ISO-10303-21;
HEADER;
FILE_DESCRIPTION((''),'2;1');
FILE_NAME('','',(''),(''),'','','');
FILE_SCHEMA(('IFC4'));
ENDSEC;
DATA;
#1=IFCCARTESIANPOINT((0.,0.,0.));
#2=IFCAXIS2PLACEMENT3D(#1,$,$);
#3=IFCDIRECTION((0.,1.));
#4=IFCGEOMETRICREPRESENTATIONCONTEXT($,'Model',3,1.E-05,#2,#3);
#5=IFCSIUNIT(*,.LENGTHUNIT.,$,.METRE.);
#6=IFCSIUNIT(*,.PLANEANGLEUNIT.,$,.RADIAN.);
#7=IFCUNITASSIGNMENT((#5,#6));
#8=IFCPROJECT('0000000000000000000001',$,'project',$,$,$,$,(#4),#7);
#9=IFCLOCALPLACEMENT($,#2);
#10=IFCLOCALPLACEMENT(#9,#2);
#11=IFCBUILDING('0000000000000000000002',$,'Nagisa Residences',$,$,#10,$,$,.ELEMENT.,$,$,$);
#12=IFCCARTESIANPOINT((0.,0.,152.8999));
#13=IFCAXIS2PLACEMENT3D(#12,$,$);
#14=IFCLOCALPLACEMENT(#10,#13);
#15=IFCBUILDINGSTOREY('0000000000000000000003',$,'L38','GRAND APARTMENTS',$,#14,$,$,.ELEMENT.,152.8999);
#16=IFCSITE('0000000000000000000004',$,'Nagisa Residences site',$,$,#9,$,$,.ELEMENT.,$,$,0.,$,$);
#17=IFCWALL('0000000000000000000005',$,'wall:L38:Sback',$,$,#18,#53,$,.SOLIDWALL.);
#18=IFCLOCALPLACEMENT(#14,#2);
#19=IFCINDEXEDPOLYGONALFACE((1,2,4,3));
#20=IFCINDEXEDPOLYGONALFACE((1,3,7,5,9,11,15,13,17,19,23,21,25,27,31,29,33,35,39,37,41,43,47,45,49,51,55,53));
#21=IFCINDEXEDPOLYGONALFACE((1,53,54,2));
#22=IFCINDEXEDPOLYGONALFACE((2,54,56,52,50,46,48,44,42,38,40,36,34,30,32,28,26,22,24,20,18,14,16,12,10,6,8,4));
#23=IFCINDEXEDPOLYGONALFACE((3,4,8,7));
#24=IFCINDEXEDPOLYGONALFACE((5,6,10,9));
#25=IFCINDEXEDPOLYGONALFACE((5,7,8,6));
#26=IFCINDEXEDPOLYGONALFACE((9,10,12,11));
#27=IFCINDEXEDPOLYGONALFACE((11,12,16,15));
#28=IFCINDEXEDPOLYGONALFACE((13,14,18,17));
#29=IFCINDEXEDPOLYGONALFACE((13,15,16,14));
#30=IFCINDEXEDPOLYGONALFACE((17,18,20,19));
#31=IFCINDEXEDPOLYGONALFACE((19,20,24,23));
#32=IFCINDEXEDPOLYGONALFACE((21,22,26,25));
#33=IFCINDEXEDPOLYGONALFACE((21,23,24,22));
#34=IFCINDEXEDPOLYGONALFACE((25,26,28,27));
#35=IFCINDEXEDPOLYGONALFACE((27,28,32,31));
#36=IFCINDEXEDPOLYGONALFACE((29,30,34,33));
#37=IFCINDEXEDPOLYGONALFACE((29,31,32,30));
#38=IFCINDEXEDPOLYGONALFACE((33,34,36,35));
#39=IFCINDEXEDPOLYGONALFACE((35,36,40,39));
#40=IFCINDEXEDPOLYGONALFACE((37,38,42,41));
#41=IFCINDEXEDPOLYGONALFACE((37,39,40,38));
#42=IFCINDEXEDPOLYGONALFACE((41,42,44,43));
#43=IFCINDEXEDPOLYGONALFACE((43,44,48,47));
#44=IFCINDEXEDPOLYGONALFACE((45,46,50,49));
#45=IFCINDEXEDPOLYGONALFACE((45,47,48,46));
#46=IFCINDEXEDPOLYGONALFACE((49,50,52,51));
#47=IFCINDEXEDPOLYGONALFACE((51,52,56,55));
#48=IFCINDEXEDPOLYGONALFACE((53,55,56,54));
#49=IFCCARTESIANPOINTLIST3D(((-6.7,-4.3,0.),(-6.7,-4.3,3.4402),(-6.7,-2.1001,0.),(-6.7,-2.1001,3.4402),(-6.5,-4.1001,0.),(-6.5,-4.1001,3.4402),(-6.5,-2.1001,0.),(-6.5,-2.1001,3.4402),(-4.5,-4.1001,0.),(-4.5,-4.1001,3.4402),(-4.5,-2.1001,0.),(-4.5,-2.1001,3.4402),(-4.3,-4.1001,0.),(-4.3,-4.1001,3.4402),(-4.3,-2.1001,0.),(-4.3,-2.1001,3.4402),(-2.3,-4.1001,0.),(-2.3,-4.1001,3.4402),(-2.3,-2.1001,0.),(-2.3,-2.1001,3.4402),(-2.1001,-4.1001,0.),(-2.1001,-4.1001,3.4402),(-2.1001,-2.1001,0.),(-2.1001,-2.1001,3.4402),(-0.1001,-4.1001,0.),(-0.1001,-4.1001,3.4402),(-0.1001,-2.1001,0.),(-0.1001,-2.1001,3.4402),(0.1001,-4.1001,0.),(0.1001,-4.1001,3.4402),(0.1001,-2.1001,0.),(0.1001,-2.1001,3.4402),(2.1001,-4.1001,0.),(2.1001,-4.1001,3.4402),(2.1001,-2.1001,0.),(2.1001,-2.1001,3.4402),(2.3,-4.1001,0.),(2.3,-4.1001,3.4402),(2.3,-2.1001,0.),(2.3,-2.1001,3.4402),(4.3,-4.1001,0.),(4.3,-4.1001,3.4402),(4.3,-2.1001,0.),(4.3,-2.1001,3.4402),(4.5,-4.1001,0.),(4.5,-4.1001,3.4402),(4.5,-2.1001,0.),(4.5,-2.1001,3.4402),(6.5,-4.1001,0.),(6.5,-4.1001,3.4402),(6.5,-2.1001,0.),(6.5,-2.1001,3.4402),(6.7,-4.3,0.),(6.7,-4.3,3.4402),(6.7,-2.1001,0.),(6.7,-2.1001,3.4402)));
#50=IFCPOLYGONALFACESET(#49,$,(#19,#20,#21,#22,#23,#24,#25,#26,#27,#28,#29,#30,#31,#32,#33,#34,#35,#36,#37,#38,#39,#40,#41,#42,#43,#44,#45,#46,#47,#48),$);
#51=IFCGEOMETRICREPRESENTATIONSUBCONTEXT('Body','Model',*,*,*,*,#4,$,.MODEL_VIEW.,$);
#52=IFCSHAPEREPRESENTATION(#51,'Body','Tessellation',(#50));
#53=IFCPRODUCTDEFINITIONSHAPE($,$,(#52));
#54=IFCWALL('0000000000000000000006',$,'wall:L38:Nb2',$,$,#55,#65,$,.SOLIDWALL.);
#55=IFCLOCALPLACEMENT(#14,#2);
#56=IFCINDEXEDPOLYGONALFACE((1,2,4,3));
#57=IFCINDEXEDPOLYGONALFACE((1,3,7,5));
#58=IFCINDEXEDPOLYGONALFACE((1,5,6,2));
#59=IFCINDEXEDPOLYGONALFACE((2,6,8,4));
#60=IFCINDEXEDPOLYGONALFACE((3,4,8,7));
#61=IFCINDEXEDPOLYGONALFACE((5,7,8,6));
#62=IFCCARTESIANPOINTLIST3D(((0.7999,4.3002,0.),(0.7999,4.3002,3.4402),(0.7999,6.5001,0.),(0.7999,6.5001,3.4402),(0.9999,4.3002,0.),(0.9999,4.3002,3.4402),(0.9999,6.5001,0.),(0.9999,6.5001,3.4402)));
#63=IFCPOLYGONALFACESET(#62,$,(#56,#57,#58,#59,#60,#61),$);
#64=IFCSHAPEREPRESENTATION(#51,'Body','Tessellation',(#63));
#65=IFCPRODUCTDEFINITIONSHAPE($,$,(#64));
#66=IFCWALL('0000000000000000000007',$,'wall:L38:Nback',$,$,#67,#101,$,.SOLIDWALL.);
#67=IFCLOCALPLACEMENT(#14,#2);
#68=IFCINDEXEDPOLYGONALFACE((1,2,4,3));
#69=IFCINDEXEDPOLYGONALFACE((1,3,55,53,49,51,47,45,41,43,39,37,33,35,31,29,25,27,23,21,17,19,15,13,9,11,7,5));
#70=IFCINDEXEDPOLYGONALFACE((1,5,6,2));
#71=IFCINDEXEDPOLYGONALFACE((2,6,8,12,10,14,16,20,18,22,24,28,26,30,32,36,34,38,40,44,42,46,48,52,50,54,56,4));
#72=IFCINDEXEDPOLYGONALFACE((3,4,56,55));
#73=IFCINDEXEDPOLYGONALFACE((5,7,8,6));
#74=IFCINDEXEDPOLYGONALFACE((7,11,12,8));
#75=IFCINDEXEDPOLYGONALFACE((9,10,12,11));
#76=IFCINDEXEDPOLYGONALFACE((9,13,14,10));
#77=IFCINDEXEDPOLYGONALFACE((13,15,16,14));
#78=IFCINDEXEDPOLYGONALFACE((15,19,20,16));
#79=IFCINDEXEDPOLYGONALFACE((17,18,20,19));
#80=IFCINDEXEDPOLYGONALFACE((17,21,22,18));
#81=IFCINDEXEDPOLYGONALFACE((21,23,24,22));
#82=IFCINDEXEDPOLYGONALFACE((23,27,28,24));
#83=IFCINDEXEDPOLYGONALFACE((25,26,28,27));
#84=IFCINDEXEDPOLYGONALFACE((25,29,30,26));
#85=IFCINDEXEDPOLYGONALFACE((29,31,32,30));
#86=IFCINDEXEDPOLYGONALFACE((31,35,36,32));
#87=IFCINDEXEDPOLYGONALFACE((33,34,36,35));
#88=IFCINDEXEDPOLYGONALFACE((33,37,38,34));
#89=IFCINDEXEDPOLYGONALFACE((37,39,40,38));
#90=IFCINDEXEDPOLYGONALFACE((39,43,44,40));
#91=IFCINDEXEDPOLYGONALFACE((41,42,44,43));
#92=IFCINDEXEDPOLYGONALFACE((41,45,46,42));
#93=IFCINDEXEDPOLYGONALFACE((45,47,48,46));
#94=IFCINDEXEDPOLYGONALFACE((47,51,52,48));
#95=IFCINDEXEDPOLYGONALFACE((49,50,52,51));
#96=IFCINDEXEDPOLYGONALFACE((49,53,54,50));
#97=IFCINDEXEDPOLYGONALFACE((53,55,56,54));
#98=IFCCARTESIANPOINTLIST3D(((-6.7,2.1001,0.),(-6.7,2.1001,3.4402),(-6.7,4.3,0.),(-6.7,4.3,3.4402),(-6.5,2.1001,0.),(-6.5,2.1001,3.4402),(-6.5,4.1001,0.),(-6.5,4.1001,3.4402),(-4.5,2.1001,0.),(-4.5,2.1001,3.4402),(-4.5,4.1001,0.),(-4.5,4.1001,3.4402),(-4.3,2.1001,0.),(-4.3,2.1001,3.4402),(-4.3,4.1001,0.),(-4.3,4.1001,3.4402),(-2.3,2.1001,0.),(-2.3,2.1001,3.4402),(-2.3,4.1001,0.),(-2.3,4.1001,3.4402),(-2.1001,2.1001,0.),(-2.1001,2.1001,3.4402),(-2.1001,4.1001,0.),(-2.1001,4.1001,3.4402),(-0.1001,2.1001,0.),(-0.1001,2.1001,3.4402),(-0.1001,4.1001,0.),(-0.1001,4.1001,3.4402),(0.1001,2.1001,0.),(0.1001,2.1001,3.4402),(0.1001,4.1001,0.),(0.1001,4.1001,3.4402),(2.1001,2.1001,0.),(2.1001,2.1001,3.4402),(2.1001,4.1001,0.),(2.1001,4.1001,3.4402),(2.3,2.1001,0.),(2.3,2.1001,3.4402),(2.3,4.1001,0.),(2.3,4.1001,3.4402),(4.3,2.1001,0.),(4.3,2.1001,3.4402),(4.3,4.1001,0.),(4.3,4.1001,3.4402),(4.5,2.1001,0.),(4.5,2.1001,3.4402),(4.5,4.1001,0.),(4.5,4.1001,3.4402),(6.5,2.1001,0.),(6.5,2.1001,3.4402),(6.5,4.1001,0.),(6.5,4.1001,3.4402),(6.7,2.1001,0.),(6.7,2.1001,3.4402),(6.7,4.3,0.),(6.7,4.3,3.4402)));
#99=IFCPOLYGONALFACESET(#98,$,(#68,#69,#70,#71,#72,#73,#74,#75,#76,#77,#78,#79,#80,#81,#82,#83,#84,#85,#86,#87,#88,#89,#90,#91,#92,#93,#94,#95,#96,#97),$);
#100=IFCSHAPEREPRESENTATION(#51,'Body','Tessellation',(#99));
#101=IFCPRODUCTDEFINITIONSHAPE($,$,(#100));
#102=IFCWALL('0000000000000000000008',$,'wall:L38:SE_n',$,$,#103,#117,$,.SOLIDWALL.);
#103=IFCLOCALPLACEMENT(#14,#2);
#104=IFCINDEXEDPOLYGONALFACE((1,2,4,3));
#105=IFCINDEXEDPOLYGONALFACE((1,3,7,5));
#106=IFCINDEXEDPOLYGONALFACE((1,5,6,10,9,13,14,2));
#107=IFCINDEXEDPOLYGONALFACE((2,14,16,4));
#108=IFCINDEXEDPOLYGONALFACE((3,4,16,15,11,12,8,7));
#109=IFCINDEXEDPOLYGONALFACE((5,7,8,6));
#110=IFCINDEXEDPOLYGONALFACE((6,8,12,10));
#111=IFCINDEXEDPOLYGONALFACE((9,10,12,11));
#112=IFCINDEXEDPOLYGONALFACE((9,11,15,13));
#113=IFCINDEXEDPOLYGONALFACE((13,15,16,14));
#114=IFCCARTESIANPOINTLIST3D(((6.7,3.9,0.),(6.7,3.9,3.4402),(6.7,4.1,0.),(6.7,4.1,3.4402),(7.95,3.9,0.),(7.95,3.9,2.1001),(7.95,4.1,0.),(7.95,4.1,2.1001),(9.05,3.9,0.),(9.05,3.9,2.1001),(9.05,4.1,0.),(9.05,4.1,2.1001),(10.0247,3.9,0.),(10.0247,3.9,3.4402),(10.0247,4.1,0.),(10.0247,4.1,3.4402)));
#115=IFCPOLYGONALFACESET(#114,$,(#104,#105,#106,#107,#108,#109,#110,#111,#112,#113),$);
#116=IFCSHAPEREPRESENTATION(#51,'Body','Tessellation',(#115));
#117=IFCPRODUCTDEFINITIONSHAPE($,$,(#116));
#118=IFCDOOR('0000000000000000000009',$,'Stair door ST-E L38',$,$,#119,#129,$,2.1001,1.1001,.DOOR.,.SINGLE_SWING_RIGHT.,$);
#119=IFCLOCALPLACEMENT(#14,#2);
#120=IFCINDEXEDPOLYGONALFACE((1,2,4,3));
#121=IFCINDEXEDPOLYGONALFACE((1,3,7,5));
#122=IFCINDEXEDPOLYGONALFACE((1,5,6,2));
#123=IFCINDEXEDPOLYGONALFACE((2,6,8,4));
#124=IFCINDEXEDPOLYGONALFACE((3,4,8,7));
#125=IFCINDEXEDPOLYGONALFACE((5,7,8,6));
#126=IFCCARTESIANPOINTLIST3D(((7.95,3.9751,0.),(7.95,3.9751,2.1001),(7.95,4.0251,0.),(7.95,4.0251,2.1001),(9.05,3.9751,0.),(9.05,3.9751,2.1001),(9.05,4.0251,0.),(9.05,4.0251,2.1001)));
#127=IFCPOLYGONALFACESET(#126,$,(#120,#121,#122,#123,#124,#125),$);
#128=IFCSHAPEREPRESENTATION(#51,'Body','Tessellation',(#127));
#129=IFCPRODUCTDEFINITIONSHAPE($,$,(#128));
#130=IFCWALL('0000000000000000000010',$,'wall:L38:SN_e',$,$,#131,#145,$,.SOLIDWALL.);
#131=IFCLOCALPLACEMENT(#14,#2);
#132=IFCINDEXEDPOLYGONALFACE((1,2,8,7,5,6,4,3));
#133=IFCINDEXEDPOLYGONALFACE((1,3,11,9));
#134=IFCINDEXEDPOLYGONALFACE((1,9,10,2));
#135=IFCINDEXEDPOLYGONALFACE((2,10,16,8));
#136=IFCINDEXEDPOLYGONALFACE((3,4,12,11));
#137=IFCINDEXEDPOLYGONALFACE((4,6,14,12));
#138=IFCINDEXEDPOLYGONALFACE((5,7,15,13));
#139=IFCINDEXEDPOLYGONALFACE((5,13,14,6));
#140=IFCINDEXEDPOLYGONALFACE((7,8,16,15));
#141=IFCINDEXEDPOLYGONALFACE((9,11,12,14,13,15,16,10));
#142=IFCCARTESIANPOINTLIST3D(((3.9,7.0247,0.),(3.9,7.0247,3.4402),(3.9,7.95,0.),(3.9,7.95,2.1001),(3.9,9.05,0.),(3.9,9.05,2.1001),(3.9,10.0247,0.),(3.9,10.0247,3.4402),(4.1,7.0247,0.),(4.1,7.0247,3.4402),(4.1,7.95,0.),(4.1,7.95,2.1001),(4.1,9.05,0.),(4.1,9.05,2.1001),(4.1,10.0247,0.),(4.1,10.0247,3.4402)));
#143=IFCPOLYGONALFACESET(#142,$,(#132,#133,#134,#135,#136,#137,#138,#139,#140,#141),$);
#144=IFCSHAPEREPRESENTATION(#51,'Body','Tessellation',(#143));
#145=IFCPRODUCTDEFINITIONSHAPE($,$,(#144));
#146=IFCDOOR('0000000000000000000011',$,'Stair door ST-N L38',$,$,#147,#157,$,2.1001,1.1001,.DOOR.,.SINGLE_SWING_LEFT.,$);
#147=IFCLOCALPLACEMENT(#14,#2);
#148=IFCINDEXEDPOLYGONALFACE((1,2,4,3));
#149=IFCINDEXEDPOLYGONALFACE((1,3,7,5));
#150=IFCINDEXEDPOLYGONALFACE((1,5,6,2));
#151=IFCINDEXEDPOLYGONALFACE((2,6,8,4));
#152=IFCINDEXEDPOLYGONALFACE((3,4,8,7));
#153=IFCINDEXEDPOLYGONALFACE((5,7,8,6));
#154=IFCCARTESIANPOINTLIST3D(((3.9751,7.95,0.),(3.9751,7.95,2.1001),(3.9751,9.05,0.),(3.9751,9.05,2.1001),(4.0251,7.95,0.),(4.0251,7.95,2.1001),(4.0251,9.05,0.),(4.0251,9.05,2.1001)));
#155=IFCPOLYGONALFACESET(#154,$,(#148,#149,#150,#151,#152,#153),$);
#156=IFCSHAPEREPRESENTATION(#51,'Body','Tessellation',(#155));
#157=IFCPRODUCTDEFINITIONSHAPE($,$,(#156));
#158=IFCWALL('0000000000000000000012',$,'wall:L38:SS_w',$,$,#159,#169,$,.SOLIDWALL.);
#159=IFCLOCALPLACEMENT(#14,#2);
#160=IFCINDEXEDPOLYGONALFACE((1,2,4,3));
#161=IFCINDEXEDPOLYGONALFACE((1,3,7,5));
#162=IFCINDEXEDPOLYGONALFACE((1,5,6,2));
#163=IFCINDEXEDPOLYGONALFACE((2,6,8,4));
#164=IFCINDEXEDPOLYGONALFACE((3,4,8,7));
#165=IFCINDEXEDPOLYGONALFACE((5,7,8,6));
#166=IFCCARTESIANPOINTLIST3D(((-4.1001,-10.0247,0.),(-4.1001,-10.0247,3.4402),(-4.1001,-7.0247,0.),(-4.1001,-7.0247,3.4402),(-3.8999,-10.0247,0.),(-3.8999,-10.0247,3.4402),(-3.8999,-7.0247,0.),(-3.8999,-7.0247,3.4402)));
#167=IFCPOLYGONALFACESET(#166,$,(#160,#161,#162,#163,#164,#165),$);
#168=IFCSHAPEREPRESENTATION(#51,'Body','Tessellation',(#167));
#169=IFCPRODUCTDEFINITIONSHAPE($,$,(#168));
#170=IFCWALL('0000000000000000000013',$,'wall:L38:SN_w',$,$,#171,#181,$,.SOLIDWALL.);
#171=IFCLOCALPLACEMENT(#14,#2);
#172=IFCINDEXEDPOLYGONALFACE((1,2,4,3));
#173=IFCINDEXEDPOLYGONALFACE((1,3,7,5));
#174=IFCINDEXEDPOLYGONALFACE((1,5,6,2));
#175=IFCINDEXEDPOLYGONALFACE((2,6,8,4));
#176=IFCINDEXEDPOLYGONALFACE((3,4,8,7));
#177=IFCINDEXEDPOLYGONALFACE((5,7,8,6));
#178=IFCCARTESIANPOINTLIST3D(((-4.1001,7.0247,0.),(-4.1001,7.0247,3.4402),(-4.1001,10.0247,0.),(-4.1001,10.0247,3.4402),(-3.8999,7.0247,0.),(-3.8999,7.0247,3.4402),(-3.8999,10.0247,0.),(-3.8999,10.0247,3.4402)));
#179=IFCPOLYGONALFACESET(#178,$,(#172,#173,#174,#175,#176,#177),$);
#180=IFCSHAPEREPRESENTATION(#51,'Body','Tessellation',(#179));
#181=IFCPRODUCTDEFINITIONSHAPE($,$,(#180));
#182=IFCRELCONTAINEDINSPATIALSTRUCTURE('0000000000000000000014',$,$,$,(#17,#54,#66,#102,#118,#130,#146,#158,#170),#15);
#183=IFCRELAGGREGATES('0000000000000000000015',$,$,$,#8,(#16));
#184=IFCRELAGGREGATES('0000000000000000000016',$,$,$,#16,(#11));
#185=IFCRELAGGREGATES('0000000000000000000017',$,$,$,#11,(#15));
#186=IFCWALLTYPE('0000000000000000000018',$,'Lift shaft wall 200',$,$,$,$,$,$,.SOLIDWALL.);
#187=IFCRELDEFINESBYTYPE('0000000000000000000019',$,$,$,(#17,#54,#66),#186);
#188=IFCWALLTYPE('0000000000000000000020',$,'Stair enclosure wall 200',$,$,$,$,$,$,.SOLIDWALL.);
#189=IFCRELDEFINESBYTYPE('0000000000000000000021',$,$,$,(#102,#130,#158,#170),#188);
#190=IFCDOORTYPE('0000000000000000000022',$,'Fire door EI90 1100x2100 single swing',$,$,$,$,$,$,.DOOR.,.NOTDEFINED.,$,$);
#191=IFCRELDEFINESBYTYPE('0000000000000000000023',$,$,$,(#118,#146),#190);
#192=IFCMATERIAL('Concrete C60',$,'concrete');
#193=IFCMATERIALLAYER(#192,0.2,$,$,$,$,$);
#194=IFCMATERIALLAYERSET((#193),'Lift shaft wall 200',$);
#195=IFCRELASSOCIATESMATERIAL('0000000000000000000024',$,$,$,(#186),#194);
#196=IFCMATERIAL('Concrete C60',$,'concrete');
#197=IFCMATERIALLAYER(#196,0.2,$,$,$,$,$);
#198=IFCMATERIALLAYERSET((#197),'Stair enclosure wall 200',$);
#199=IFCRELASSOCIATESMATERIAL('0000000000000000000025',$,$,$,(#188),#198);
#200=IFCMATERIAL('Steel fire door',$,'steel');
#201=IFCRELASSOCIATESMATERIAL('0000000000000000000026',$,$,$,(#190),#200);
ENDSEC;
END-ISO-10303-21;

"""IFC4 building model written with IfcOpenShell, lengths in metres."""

from ifc_helpers import new_model, si_unit, direction, frame, frame_2d, origin, place, context, subcontext, project, spatial, polyline, rectangle, outline, extrude, material, layer, layer_set, type_object, element, fill, save


model = new_model("IFC4")

# Units and contexts
model_context = context("Model", 3, precision=1e-05, world=origin(), true_north=direction((0.0, 1.0)))
body_context = subcontext(model_context, "Body", "Model", "MODEL_VIEW")
ifc_project = project(units=[si_unit("LENGTHUNIT", "METRE"), si_unit("PLANEANGLEUNIT", "RADIAN")], contexts=[model_context])

# Site, building, storey
site_placement = place(None, origin())
site = spatial("IfcSite", under=ifc_project, at=site_placement, Name="Nagisa Residences site", CompositionType="ELEMENT", RefElevation=0.0)
building_placement = place(site_placement, origin())
building = spatial("IfcBuilding", under=site, at=building_placement, Name="Nagisa Residences", CompositionType="ELEMENT")
storey_placement = place(building_placement, frame((0.0, 0.0, 152.8999)))
storey = spatial("IfcBuildingStorey", under=building, at=storey_placement, Name="L38", Description="GRAND APARTMENTS", CompositionType="ELEMENT", Elevation=152.8999)

# Shared definitions
ifc_material_1 = material(Name="Concrete C60", Category="concrete")
ifc_layer_1 = layer(ifc_material_1, 0.2)
ifc_layer_set_1 = layer_set([ifc_layer_1], Name="Lift shaft wall 200")
wall_type_1 = type_object("IfcWallType", Name="Lift shaft wall 200", PredefinedType="SOLIDWALL", material=ifc_layer_set_1)

# Walls
wall_1_placement = place(storey_placement, origin())
element("IfcWall", 1, at=wall_1_placement, inside=storey, type_object=wall_type_1, Name="wall:L38:Sback", PredefinedType="SOLIDWALL", context=body_context, shape_type="SweptSolid", body=[
    extrude(outline(polyline([(-6.7, -2.1001), (-6.5, -2.1001), (-6.5, -4.1001), (-4.5, -4.1001), (-4.5, -2.1001), (-4.3, -2.1001), (-4.3, -4.1001), (-2.3, -4.1001), (-2.3, -2.1001), (-2.1001, -2.1001), (-2.1001, -4.1001), (-0.1001, -4.1001), (-0.1001, -2.1001), (0.1001, -2.1001), (0.1001, -4.1001), (2.1001, -4.1001), (2.1001, -2.1001), (2.3, -2.1001), (2.3, -4.1001), (4.3, -4.1001), (4.3, -2.1001), (4.5, -2.1001), (4.5, -4.1001), (6.5, -4.1001), (6.5, -2.1001), (6.7, -2.1001), (6.7, -4.3), (-6.7, -4.3), (-6.7, -2.1001)])), origin(), (0.0, 0.0, 1.0), 3.4402),
])
wall_2_placement = place(storey_placement, frame((0.8999, 4.3, 0.0), z_axis=(0.0, 0.0, 1.0), x_axis=(0.0, 1.0, 0.0)))
element("IfcWall", 2, at=wall_2_placement, inside=storey, type_object=wall_type_1, Name="wall:L38:Nb2", PredefinedType="SOLIDWALL", context=body_context, shape_type="SweptSolid", body=[
    extrude(rectangle(XDim=2.2, YDim=0.2, at=frame_2d((1.1001, 0.0))), origin(), (0.0, 0.0, 1.0), 3.4402),
])
wall_3_placement = place(storey_placement, origin())
element("IfcWall", 3, at=wall_3_placement, inside=storey, type_object=wall_type_1, Name="wall:L38:Nback", PredefinedType="SOLIDWALL", context=body_context, shape_type="SweptSolid", body=[
    extrude(outline(polyline([(-6.5, 2.1001), (-6.7, 2.1001), (-6.7, 4.3), (6.7, 4.3), (6.7, 2.1001), (6.5, 2.1001), (6.5, 4.1001), (4.5, 4.1001), (4.5, 2.1001), (4.3, 2.1001), (4.3, 4.1001), (2.3, 4.1001), (2.3, 2.1001), (2.1001, 2.1001), (2.1001, 4.1001), (0.1001, 4.1001), (0.1001, 2.1001), (-0.1001, 2.1001), (-0.1001, 4.1001), (-2.1001, 4.1001), (-2.1001, 2.1001), (-2.3, 2.1001), (-2.3, 4.1001), (-4.3, 4.1001), (-4.3, 2.1001), (-4.5, 2.1001), (-4.5, 4.1001), (-6.5, 4.1001), (-6.5, 2.1001)])), origin(), (0.0, 0.0, 1.0), 3.4402),
])

# Walls, openings, doors
ifc_material_2 = material(Name="Concrete C60", Category="concrete")
ifc_layer_2 = layer(ifc_material_2, 0.2)
ifc_layer_set_2 = layer_set([ifc_layer_2], Name="Stair enclosure wall 200")
wall_type_2 = type_object("IfcWallType", Name="Stair enclosure wall 200", PredefinedType="SOLIDWALL", material=ifc_layer_set_2)
wall_4_placement = place(storey_placement, frame((6.7, 4.0, 0.0), z_axis=(0.0, 0.0, 1.0), x_axis=(1.0, 0.0, 0.0)))
wall_4 = element("IfcWall", 4, at=wall_4_placement, inside=storey, type_object=wall_type_2, Name="wall:L38:SE_n", PredefinedType="SOLIDWALL", context=body_context, shape_type="SweptSolid", body=[
    extrude(rectangle(XDim=3.3247, YDim=0.2, at=frame_2d((1.6624, 0.0))), origin(), (0.0, 0.0, 1.0), 3.4402),
])
opening_1_placement = place(wall_4_placement, frame((1.25, 0.0, 0.0)))
opening_1 = element("IfcOpeningElement", 5, at=opening_1_placement, cuts=wall_4, PredefinedType="OPENING", context=body_context, shape_type="SweptSolid", body=[
    extrude(rectangle(XDim=1.1001, YDim=2.1001, at=frame_2d((0.55, 1.05))), frame((0.0, 0.1099, 0.0), z_axis=(0.0, -1.0, 0.0), x_axis=(1.0, 0.0, 0.0)), (0.0, 0.0, 1.0), 0.22),
])
ifc_material_3 = material(Name="Steel fire door", Category="steel")
door_type_1 = type_object("IfcDoorType", Name="Fire door EI90 1100x2100 single swing", OperationType="NOTDEFINED", PredefinedType="DOOR", material=ifc_material_3)
door_1_placement = place(opening_1_placement, frame((1.1001, 0.0, 0.0), x_axis=(-1.0, 0.0, 0.0)))
door_1 = element("IfcDoor", 6, at=door_1_placement, inside=storey, type_object=door_type_1, Name="Stair door ST-E L38", OperationType="SINGLE_SWING_RIGHT", OverallHeight=2.1001, OverallWidth=1.1001, PredefinedType="DOOR", context=body_context, shape_type="SweptSolid", body=[
    extrude(rectangle(XDim=1.1001, YDim=2.1001, at=frame_2d((0.55, 1.05))), frame((0.0, 0.0249, 0.0), z_axis=(0.0, -1.0, 0.0), x_axis=(1.0, 0.0, 0.0)), (0.0, 0.0, 1.0), 0.05),
])
fill(opening_1, door_1)
wall_5_placement = place(storey_placement, frame((4.0, 7.0247, 0.0), z_axis=(0.0, 0.0, 1.0), x_axis=(0.0, 1.0, 0.0)))
wall_5 = element("IfcWall", 7, at=wall_5_placement, inside=storey, type_object=wall_type_2, Name="wall:L38:SN_e", PredefinedType="SOLIDWALL", context=body_context, shape_type="SweptSolid", body=[
    extrude(rectangle(XDim=3.0, YDim=0.2, at=frame_2d((1.5, 0.0))), origin(), (0.0, 0.0, 1.0), 3.4402),
])
opening_2_placement = place(wall_5_placement, frame((0.9253, 0.0, 0.0)))
opening_2 = element("IfcOpeningElement", 8, at=opening_2_placement, cuts=wall_5, PredefinedType="OPENING", context=body_context, shape_type="SweptSolid", body=[
    extrude(rectangle(XDim=1.1001, YDim=2.1001, at=frame_2d((0.55, 1.05))), frame((0.0, 0.1099, 0.0), z_axis=(0.0, -1.0, 0.0), x_axis=(1.0, 0.0, 0.0)), (0.0, 0.0, 1.0), 0.22),
])
door_2_placement = place(opening_2_placement, origin())
door_2 = element("IfcDoor", 9, at=door_2_placement, inside=storey, type_object=door_type_1, Name="Stair door ST-N L38", OperationType="SINGLE_SWING_LEFT", OverallHeight=2.1001, OverallWidth=1.1001, PredefinedType="DOOR", context=body_context, shape_type="SweptSolid", body=[
    extrude(rectangle(XDim=1.1001, YDim=2.1001, at=frame_2d((0.55, 1.05))), frame((0.0, 0.0249, 0.0), z_axis=(0.0, -1.0, 0.0), x_axis=(1.0, 0.0, 0.0)), (0.0, 0.0, 1.0), 0.05),
])
fill(opening_2, door_2)

# Walls
wall_6_placement = place(storey_placement, origin())
element("IfcWall", 10, at=wall_6_placement, inside=storey, type_object=wall_type_2, Name="wall:L38:SS_w", PredefinedType="SOLIDWALL", context=body_context, shape_type="SweptSolid", body=[
    extrude(outline(polyline([(-3.8999, -10.0247), (-4.1001, -10.0247), (-4.1001, -7.0247), (-3.8999, -7.0247), (-3.8999, -10.0247)])), origin(), (0.0, 0.0, 1.0), 3.4402),
])
wall_7_placement = place(storey_placement, origin())
element("IfcWall", 11, at=wall_7_placement, inside=storey, type_object=wall_type_2, Name="wall:L38:SN_w", PredefinedType="SOLIDWALL", context=body_context, shape_type="SweptSolid", body=[
    extrude(outline(polyline([(-3.8999, 7.0247), (-4.1001, 7.0247), (-4.1001, 10.0247), (-3.8999, 10.0247), (-3.8999, 7.0247)])), origin(), (0.0, 0.0, 1.0), 3.4402),
])

save(model, "model.ifc")
